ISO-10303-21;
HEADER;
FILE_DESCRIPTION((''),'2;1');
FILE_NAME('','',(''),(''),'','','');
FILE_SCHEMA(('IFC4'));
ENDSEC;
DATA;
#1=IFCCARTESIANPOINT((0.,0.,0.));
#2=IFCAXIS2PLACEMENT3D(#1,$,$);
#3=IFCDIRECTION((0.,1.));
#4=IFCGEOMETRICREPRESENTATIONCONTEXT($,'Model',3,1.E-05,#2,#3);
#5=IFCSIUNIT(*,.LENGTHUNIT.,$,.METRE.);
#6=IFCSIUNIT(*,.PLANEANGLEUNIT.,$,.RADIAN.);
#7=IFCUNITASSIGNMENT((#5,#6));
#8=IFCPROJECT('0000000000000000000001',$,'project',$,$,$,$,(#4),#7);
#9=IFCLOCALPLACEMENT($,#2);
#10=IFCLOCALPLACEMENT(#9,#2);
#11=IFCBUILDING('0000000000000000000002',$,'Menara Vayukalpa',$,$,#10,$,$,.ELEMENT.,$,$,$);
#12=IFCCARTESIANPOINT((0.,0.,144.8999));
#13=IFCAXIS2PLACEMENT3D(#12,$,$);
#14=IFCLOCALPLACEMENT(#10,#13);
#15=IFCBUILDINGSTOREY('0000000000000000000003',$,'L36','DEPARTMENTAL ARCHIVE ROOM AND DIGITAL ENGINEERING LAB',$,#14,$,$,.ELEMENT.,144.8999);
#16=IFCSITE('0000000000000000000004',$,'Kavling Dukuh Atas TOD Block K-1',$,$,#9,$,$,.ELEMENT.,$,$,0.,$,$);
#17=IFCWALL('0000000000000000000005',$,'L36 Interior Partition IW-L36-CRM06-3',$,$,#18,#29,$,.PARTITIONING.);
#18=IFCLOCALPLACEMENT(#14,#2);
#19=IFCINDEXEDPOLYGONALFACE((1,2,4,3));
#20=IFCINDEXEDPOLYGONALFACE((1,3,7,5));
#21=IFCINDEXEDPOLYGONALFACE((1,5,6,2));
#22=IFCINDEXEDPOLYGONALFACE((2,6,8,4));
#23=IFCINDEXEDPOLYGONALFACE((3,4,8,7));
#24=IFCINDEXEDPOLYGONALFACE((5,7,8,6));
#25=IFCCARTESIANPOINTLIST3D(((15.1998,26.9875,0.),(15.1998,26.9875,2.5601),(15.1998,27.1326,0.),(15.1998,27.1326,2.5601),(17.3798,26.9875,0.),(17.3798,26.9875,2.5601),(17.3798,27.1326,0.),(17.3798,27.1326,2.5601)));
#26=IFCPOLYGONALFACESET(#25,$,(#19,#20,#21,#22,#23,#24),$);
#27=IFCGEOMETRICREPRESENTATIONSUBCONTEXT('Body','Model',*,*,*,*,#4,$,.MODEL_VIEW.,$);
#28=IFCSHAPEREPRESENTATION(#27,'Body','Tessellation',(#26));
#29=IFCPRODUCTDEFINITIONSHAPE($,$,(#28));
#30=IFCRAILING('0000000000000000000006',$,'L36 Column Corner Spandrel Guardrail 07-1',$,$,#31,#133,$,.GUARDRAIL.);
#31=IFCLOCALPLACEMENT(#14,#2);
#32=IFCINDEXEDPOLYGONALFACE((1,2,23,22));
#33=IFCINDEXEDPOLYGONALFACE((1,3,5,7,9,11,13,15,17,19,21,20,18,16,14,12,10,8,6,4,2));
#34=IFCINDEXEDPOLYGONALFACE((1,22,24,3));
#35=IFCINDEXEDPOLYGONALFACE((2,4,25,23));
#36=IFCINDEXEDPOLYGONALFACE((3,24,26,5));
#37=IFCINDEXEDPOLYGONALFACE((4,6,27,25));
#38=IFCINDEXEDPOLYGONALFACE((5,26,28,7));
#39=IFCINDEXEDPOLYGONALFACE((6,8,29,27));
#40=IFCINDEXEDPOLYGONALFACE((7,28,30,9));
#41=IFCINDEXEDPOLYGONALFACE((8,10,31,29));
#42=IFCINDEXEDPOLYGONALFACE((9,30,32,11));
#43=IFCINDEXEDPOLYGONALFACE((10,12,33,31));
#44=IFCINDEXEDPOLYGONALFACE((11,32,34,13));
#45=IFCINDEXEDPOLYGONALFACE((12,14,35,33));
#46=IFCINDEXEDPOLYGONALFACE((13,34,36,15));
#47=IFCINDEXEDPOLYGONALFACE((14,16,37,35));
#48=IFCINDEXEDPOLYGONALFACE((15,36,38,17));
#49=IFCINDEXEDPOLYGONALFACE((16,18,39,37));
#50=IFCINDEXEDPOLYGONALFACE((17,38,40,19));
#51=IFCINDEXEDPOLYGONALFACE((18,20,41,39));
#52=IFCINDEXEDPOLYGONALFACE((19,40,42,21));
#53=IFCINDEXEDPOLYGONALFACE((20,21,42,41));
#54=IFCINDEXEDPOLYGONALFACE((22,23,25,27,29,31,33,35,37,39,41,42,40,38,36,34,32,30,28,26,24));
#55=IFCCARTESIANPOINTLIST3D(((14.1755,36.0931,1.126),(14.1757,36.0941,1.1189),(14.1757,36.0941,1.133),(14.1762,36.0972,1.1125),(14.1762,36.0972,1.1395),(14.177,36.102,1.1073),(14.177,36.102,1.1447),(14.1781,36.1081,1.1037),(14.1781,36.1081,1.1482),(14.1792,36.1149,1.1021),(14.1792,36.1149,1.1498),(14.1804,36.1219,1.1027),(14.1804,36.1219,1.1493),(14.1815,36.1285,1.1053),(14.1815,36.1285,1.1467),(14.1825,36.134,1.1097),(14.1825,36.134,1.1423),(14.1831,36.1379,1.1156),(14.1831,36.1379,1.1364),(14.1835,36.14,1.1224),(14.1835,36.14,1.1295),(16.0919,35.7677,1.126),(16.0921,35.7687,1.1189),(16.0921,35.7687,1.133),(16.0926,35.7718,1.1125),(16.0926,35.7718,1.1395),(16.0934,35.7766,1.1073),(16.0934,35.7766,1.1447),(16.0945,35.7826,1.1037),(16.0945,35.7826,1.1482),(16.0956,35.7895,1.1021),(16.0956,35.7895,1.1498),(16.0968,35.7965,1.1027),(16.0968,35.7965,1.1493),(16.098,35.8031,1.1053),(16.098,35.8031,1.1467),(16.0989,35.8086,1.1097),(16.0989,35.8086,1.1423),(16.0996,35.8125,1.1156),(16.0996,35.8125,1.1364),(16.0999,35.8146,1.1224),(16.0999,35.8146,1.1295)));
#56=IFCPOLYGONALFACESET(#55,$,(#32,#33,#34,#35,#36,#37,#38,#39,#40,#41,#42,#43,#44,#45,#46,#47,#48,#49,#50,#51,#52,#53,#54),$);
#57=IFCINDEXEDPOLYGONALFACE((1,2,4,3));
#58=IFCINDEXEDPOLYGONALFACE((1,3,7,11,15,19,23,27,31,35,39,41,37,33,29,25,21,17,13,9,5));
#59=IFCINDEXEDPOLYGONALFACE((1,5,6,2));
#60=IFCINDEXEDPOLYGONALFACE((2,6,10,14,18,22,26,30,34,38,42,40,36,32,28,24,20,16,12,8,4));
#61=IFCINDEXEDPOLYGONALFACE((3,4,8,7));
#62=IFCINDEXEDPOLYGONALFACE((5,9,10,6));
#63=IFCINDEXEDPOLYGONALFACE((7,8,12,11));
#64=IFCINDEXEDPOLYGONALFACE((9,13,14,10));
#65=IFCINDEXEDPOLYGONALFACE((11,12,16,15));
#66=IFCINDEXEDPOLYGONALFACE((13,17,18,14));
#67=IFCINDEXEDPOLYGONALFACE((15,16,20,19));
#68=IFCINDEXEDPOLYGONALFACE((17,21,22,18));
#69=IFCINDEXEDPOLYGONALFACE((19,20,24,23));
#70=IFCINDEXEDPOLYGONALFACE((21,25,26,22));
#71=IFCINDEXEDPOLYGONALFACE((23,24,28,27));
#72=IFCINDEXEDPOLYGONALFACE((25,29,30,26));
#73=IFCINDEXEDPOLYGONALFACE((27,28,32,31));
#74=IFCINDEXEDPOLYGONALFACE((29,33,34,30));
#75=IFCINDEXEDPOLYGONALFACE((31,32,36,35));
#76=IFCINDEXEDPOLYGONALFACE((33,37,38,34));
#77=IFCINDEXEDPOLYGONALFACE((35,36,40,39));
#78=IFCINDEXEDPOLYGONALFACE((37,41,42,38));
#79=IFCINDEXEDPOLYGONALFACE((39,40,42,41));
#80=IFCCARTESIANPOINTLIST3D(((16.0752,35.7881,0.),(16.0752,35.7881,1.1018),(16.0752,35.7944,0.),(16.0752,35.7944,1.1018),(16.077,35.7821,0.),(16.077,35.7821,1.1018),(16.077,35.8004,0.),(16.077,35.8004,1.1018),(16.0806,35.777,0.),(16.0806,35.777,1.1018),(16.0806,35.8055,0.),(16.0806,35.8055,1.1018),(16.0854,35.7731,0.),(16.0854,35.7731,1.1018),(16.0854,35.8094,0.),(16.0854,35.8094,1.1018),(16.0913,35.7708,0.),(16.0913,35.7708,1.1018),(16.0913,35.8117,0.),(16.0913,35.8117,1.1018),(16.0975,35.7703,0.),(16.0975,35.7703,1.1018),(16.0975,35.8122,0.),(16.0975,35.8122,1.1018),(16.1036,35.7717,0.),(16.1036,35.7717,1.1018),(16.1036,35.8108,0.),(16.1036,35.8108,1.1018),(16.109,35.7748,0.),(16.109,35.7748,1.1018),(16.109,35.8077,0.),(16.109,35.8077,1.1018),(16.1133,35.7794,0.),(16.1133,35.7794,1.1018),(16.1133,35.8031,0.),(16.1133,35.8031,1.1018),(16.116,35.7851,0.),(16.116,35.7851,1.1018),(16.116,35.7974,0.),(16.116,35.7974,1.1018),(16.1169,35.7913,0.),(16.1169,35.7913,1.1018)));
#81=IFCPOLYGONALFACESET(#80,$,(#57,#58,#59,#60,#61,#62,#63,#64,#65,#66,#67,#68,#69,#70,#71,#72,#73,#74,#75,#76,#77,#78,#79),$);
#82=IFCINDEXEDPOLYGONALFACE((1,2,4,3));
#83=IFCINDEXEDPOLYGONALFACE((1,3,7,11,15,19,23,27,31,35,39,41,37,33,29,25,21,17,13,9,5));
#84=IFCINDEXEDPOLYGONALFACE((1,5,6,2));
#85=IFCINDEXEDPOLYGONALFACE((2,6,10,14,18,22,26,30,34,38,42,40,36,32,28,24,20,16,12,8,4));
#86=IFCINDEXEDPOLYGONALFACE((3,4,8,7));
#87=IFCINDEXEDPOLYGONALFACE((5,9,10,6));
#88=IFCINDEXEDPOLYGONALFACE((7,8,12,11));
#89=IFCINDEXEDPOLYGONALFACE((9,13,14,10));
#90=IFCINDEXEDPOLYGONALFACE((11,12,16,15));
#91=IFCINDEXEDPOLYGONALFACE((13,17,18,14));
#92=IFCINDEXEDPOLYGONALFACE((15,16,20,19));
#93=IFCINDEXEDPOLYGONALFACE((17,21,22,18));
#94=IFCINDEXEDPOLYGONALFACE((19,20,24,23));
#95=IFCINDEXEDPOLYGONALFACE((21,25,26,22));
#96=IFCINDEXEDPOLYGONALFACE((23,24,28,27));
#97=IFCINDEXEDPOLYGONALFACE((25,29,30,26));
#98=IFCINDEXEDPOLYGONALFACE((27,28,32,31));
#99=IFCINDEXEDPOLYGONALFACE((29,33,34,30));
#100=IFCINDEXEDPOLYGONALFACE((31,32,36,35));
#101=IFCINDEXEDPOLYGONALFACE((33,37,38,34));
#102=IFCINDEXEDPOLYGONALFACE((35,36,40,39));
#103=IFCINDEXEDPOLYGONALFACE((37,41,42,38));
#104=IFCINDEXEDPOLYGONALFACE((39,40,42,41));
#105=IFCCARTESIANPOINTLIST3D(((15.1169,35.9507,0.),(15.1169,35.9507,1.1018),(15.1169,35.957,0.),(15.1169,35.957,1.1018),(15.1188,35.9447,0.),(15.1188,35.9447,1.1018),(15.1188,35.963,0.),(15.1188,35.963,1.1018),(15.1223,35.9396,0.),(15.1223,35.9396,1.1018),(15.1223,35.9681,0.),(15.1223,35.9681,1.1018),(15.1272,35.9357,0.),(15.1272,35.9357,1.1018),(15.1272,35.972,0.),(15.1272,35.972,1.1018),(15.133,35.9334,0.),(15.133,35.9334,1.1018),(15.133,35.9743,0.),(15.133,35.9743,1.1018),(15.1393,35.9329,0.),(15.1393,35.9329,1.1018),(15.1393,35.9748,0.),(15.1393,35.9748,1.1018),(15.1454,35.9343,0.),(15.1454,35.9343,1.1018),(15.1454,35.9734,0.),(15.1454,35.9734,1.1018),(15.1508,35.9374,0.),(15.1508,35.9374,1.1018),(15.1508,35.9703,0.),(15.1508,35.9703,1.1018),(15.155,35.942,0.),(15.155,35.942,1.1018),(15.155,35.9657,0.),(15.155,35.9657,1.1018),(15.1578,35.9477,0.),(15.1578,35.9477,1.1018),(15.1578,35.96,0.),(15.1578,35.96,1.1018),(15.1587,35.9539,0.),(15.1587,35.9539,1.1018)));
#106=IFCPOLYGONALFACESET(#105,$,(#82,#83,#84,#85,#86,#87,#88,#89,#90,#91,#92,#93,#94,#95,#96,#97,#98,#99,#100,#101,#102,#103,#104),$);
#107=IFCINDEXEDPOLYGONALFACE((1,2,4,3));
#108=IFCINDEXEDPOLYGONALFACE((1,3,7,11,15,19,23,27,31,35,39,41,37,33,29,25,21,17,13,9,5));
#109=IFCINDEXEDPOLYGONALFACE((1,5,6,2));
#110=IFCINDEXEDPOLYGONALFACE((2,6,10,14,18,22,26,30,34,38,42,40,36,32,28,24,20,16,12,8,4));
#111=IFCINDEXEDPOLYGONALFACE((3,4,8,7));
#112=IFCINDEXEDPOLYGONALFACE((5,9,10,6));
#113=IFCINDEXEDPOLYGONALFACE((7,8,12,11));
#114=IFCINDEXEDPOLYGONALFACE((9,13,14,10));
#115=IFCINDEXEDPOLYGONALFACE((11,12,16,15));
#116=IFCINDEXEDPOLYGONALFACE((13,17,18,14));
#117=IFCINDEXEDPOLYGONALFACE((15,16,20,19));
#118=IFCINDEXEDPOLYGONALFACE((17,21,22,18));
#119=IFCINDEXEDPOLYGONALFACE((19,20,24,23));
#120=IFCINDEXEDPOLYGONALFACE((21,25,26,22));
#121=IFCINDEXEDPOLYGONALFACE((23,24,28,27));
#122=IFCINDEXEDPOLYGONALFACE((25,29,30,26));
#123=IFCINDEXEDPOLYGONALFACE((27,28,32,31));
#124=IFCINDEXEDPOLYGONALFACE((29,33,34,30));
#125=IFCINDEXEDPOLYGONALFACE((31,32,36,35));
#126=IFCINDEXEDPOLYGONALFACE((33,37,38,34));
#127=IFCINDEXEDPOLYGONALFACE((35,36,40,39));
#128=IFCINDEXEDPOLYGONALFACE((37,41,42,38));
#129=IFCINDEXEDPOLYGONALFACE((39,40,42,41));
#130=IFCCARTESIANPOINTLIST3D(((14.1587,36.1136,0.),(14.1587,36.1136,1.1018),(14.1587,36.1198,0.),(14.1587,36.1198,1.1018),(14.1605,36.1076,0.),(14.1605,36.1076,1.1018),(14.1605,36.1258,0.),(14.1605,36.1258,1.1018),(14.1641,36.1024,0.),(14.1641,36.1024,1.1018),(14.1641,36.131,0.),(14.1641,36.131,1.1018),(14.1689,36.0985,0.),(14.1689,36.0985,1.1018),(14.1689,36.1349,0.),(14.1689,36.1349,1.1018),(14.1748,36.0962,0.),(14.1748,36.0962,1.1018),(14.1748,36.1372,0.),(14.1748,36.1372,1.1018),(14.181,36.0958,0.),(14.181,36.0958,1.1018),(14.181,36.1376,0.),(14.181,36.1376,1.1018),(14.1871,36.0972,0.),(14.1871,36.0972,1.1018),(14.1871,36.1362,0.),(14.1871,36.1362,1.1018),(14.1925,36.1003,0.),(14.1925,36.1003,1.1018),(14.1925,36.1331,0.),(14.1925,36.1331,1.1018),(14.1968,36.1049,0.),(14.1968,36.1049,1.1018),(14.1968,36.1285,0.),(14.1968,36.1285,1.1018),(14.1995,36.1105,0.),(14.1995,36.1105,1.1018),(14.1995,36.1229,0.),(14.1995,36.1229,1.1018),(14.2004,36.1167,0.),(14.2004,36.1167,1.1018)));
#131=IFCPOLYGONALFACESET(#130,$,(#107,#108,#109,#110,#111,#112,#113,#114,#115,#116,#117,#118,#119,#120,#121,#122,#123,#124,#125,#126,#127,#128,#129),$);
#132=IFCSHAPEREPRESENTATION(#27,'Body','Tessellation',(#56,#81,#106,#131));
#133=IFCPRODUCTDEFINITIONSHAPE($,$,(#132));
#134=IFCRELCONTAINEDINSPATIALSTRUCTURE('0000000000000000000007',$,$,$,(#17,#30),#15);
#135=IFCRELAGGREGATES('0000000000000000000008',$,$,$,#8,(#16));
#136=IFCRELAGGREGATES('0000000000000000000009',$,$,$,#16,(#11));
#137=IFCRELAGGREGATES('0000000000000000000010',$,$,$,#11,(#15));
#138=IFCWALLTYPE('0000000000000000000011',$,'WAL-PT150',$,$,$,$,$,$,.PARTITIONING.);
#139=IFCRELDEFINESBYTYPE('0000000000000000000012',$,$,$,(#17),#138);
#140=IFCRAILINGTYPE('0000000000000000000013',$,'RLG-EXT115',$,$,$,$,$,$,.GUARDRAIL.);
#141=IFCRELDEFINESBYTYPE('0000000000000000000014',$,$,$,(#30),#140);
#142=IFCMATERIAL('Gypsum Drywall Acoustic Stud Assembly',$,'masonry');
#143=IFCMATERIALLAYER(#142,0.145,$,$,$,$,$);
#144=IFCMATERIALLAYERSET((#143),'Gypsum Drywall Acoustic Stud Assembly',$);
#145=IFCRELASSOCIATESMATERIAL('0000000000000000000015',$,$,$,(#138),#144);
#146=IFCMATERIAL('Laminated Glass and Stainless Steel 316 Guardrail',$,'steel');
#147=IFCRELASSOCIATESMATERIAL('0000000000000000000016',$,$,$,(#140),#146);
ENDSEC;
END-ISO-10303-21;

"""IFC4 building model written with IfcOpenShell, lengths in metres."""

from ifc_helpers import new_model, si_unit, direction, frame, frame_2d, origin, origin_2d, place, context, subcontext, project, spatial, rectangle, circle, extrude, material, layer, layer_set, type_object, element, save


model = new_model("IFC4")

# Units and contexts
model_context = context("Model", 3, precision=1e-05, world=origin(), true_north=direction((0.0, 1.0)))
body_context = subcontext(model_context, "Body", "Model", "MODEL_VIEW")
ifc_project = project(units=[si_unit("LENGTHUNIT", "METRE"), si_unit("PLANEANGLEUNIT", "RADIAN")], contexts=[model_context])

# Site, building, storey
site_placement = place(None, origin())
site = spatial("IfcSite", under=ifc_project, at=site_placement, Name="Kavling Dukuh Atas TOD Block K-1", CompositionType="ELEMENT", RefElevation=0.0)
building_placement = place(site_placement, origin())
building = spatial("IfcBuilding", under=site, at=building_placement, Name="Menara Vayukalpa", CompositionType="ELEMENT")
storey_placement = place(building_placement, frame((0.0, 0.0, 144.8999)))
storey = spatial("IfcBuildingStorey", under=building, at=storey_placement, Name="L36", Description="DEPARTMENTAL ARCHIVE ROOM AND DIGITAL ENGINEERING LAB", CompositionType="ELEMENT", Elevation=144.8999)

# Wall
ifc_material_1 = material(Name="Gypsum Drywall Acoustic Stud Assembly", Category="masonry")
ifc_layer_1 = layer(ifc_material_1, 0.145)
ifc_layer_set_1 = layer_set([ifc_layer_1], Name="Gypsum Drywall Acoustic Stud Assembly")
wall_type_1 = type_object("IfcWallType", Name="WAL-PT150", PredefinedType="PARTITIONING", material=ifc_layer_set_1)
wall_1_placement = place(storey_placement, frame((15.2, 27.0601, 0.0), z_axis=(0.0, 0.0, 1.0), x_axis=(1.0, 0.0, 0.0)))
element("IfcWall", 1, at=wall_1_placement, inside=storey, type_object=wall_type_1, Name="L36 Interior Partition IW-L36-CRM06-3", PredefinedType="PARTITIONING", context=body_context, shape_type="SweptSolid", body=[
    extrude(rectangle(XDim=2.1799, YDim=0.145, at=frame_2d((1.0898, 0.0))), origin(), (0.0, 0.0, 1.0), 2.5601),
])

# Railing
ifc_material_2 = material(Name="Laminated Glass and Stainless Steel 316 Guardrail", Category="steel")
railing_type = type_object("IfcRailingType", Name="RLG-EXT115", PredefinedType="GUARDRAIL", material=ifc_material_2)
railing_1_placement = place(storey_placement, frame((16.0959, 35.7913, 0.0)))
element("IfcRailing", 2, at=railing_1_placement, inside=storey, type_object=railing_type, Name="L36 Column Corner Spandrel Guardrail 07-1", PredefinedType="GUARDRAIL", context=body_context, shape_type="SweptSolid", body=[
    extrude(circle(Radius=0.0239, at=origin_2d()), frame((0.0, 0.0, 1.126), z_axis=(-0.985887, 0.167412, 0.0), x_axis=(-0.167412, -0.985887, 0.0)), (0.0, 0.0, 1.0), 1.9438),
    extrude(circle(Radius=0.021, at=origin_2d()), origin(), (0.0, 0.0, 1.0), 1.1018),
    extrude(circle(Radius=0.021, at=origin_2d()), frame((-0.9583, 0.1626, 0.0)), (0.0, 0.0, 1.0), 1.1018),
    extrude(circle(Radius=0.021, at=origin_2d()), frame((-1.9165, 0.3254, 0.0)), (0.0, 0.0, 1.0), 1.1018),
])

save(model, "model.ifc")
